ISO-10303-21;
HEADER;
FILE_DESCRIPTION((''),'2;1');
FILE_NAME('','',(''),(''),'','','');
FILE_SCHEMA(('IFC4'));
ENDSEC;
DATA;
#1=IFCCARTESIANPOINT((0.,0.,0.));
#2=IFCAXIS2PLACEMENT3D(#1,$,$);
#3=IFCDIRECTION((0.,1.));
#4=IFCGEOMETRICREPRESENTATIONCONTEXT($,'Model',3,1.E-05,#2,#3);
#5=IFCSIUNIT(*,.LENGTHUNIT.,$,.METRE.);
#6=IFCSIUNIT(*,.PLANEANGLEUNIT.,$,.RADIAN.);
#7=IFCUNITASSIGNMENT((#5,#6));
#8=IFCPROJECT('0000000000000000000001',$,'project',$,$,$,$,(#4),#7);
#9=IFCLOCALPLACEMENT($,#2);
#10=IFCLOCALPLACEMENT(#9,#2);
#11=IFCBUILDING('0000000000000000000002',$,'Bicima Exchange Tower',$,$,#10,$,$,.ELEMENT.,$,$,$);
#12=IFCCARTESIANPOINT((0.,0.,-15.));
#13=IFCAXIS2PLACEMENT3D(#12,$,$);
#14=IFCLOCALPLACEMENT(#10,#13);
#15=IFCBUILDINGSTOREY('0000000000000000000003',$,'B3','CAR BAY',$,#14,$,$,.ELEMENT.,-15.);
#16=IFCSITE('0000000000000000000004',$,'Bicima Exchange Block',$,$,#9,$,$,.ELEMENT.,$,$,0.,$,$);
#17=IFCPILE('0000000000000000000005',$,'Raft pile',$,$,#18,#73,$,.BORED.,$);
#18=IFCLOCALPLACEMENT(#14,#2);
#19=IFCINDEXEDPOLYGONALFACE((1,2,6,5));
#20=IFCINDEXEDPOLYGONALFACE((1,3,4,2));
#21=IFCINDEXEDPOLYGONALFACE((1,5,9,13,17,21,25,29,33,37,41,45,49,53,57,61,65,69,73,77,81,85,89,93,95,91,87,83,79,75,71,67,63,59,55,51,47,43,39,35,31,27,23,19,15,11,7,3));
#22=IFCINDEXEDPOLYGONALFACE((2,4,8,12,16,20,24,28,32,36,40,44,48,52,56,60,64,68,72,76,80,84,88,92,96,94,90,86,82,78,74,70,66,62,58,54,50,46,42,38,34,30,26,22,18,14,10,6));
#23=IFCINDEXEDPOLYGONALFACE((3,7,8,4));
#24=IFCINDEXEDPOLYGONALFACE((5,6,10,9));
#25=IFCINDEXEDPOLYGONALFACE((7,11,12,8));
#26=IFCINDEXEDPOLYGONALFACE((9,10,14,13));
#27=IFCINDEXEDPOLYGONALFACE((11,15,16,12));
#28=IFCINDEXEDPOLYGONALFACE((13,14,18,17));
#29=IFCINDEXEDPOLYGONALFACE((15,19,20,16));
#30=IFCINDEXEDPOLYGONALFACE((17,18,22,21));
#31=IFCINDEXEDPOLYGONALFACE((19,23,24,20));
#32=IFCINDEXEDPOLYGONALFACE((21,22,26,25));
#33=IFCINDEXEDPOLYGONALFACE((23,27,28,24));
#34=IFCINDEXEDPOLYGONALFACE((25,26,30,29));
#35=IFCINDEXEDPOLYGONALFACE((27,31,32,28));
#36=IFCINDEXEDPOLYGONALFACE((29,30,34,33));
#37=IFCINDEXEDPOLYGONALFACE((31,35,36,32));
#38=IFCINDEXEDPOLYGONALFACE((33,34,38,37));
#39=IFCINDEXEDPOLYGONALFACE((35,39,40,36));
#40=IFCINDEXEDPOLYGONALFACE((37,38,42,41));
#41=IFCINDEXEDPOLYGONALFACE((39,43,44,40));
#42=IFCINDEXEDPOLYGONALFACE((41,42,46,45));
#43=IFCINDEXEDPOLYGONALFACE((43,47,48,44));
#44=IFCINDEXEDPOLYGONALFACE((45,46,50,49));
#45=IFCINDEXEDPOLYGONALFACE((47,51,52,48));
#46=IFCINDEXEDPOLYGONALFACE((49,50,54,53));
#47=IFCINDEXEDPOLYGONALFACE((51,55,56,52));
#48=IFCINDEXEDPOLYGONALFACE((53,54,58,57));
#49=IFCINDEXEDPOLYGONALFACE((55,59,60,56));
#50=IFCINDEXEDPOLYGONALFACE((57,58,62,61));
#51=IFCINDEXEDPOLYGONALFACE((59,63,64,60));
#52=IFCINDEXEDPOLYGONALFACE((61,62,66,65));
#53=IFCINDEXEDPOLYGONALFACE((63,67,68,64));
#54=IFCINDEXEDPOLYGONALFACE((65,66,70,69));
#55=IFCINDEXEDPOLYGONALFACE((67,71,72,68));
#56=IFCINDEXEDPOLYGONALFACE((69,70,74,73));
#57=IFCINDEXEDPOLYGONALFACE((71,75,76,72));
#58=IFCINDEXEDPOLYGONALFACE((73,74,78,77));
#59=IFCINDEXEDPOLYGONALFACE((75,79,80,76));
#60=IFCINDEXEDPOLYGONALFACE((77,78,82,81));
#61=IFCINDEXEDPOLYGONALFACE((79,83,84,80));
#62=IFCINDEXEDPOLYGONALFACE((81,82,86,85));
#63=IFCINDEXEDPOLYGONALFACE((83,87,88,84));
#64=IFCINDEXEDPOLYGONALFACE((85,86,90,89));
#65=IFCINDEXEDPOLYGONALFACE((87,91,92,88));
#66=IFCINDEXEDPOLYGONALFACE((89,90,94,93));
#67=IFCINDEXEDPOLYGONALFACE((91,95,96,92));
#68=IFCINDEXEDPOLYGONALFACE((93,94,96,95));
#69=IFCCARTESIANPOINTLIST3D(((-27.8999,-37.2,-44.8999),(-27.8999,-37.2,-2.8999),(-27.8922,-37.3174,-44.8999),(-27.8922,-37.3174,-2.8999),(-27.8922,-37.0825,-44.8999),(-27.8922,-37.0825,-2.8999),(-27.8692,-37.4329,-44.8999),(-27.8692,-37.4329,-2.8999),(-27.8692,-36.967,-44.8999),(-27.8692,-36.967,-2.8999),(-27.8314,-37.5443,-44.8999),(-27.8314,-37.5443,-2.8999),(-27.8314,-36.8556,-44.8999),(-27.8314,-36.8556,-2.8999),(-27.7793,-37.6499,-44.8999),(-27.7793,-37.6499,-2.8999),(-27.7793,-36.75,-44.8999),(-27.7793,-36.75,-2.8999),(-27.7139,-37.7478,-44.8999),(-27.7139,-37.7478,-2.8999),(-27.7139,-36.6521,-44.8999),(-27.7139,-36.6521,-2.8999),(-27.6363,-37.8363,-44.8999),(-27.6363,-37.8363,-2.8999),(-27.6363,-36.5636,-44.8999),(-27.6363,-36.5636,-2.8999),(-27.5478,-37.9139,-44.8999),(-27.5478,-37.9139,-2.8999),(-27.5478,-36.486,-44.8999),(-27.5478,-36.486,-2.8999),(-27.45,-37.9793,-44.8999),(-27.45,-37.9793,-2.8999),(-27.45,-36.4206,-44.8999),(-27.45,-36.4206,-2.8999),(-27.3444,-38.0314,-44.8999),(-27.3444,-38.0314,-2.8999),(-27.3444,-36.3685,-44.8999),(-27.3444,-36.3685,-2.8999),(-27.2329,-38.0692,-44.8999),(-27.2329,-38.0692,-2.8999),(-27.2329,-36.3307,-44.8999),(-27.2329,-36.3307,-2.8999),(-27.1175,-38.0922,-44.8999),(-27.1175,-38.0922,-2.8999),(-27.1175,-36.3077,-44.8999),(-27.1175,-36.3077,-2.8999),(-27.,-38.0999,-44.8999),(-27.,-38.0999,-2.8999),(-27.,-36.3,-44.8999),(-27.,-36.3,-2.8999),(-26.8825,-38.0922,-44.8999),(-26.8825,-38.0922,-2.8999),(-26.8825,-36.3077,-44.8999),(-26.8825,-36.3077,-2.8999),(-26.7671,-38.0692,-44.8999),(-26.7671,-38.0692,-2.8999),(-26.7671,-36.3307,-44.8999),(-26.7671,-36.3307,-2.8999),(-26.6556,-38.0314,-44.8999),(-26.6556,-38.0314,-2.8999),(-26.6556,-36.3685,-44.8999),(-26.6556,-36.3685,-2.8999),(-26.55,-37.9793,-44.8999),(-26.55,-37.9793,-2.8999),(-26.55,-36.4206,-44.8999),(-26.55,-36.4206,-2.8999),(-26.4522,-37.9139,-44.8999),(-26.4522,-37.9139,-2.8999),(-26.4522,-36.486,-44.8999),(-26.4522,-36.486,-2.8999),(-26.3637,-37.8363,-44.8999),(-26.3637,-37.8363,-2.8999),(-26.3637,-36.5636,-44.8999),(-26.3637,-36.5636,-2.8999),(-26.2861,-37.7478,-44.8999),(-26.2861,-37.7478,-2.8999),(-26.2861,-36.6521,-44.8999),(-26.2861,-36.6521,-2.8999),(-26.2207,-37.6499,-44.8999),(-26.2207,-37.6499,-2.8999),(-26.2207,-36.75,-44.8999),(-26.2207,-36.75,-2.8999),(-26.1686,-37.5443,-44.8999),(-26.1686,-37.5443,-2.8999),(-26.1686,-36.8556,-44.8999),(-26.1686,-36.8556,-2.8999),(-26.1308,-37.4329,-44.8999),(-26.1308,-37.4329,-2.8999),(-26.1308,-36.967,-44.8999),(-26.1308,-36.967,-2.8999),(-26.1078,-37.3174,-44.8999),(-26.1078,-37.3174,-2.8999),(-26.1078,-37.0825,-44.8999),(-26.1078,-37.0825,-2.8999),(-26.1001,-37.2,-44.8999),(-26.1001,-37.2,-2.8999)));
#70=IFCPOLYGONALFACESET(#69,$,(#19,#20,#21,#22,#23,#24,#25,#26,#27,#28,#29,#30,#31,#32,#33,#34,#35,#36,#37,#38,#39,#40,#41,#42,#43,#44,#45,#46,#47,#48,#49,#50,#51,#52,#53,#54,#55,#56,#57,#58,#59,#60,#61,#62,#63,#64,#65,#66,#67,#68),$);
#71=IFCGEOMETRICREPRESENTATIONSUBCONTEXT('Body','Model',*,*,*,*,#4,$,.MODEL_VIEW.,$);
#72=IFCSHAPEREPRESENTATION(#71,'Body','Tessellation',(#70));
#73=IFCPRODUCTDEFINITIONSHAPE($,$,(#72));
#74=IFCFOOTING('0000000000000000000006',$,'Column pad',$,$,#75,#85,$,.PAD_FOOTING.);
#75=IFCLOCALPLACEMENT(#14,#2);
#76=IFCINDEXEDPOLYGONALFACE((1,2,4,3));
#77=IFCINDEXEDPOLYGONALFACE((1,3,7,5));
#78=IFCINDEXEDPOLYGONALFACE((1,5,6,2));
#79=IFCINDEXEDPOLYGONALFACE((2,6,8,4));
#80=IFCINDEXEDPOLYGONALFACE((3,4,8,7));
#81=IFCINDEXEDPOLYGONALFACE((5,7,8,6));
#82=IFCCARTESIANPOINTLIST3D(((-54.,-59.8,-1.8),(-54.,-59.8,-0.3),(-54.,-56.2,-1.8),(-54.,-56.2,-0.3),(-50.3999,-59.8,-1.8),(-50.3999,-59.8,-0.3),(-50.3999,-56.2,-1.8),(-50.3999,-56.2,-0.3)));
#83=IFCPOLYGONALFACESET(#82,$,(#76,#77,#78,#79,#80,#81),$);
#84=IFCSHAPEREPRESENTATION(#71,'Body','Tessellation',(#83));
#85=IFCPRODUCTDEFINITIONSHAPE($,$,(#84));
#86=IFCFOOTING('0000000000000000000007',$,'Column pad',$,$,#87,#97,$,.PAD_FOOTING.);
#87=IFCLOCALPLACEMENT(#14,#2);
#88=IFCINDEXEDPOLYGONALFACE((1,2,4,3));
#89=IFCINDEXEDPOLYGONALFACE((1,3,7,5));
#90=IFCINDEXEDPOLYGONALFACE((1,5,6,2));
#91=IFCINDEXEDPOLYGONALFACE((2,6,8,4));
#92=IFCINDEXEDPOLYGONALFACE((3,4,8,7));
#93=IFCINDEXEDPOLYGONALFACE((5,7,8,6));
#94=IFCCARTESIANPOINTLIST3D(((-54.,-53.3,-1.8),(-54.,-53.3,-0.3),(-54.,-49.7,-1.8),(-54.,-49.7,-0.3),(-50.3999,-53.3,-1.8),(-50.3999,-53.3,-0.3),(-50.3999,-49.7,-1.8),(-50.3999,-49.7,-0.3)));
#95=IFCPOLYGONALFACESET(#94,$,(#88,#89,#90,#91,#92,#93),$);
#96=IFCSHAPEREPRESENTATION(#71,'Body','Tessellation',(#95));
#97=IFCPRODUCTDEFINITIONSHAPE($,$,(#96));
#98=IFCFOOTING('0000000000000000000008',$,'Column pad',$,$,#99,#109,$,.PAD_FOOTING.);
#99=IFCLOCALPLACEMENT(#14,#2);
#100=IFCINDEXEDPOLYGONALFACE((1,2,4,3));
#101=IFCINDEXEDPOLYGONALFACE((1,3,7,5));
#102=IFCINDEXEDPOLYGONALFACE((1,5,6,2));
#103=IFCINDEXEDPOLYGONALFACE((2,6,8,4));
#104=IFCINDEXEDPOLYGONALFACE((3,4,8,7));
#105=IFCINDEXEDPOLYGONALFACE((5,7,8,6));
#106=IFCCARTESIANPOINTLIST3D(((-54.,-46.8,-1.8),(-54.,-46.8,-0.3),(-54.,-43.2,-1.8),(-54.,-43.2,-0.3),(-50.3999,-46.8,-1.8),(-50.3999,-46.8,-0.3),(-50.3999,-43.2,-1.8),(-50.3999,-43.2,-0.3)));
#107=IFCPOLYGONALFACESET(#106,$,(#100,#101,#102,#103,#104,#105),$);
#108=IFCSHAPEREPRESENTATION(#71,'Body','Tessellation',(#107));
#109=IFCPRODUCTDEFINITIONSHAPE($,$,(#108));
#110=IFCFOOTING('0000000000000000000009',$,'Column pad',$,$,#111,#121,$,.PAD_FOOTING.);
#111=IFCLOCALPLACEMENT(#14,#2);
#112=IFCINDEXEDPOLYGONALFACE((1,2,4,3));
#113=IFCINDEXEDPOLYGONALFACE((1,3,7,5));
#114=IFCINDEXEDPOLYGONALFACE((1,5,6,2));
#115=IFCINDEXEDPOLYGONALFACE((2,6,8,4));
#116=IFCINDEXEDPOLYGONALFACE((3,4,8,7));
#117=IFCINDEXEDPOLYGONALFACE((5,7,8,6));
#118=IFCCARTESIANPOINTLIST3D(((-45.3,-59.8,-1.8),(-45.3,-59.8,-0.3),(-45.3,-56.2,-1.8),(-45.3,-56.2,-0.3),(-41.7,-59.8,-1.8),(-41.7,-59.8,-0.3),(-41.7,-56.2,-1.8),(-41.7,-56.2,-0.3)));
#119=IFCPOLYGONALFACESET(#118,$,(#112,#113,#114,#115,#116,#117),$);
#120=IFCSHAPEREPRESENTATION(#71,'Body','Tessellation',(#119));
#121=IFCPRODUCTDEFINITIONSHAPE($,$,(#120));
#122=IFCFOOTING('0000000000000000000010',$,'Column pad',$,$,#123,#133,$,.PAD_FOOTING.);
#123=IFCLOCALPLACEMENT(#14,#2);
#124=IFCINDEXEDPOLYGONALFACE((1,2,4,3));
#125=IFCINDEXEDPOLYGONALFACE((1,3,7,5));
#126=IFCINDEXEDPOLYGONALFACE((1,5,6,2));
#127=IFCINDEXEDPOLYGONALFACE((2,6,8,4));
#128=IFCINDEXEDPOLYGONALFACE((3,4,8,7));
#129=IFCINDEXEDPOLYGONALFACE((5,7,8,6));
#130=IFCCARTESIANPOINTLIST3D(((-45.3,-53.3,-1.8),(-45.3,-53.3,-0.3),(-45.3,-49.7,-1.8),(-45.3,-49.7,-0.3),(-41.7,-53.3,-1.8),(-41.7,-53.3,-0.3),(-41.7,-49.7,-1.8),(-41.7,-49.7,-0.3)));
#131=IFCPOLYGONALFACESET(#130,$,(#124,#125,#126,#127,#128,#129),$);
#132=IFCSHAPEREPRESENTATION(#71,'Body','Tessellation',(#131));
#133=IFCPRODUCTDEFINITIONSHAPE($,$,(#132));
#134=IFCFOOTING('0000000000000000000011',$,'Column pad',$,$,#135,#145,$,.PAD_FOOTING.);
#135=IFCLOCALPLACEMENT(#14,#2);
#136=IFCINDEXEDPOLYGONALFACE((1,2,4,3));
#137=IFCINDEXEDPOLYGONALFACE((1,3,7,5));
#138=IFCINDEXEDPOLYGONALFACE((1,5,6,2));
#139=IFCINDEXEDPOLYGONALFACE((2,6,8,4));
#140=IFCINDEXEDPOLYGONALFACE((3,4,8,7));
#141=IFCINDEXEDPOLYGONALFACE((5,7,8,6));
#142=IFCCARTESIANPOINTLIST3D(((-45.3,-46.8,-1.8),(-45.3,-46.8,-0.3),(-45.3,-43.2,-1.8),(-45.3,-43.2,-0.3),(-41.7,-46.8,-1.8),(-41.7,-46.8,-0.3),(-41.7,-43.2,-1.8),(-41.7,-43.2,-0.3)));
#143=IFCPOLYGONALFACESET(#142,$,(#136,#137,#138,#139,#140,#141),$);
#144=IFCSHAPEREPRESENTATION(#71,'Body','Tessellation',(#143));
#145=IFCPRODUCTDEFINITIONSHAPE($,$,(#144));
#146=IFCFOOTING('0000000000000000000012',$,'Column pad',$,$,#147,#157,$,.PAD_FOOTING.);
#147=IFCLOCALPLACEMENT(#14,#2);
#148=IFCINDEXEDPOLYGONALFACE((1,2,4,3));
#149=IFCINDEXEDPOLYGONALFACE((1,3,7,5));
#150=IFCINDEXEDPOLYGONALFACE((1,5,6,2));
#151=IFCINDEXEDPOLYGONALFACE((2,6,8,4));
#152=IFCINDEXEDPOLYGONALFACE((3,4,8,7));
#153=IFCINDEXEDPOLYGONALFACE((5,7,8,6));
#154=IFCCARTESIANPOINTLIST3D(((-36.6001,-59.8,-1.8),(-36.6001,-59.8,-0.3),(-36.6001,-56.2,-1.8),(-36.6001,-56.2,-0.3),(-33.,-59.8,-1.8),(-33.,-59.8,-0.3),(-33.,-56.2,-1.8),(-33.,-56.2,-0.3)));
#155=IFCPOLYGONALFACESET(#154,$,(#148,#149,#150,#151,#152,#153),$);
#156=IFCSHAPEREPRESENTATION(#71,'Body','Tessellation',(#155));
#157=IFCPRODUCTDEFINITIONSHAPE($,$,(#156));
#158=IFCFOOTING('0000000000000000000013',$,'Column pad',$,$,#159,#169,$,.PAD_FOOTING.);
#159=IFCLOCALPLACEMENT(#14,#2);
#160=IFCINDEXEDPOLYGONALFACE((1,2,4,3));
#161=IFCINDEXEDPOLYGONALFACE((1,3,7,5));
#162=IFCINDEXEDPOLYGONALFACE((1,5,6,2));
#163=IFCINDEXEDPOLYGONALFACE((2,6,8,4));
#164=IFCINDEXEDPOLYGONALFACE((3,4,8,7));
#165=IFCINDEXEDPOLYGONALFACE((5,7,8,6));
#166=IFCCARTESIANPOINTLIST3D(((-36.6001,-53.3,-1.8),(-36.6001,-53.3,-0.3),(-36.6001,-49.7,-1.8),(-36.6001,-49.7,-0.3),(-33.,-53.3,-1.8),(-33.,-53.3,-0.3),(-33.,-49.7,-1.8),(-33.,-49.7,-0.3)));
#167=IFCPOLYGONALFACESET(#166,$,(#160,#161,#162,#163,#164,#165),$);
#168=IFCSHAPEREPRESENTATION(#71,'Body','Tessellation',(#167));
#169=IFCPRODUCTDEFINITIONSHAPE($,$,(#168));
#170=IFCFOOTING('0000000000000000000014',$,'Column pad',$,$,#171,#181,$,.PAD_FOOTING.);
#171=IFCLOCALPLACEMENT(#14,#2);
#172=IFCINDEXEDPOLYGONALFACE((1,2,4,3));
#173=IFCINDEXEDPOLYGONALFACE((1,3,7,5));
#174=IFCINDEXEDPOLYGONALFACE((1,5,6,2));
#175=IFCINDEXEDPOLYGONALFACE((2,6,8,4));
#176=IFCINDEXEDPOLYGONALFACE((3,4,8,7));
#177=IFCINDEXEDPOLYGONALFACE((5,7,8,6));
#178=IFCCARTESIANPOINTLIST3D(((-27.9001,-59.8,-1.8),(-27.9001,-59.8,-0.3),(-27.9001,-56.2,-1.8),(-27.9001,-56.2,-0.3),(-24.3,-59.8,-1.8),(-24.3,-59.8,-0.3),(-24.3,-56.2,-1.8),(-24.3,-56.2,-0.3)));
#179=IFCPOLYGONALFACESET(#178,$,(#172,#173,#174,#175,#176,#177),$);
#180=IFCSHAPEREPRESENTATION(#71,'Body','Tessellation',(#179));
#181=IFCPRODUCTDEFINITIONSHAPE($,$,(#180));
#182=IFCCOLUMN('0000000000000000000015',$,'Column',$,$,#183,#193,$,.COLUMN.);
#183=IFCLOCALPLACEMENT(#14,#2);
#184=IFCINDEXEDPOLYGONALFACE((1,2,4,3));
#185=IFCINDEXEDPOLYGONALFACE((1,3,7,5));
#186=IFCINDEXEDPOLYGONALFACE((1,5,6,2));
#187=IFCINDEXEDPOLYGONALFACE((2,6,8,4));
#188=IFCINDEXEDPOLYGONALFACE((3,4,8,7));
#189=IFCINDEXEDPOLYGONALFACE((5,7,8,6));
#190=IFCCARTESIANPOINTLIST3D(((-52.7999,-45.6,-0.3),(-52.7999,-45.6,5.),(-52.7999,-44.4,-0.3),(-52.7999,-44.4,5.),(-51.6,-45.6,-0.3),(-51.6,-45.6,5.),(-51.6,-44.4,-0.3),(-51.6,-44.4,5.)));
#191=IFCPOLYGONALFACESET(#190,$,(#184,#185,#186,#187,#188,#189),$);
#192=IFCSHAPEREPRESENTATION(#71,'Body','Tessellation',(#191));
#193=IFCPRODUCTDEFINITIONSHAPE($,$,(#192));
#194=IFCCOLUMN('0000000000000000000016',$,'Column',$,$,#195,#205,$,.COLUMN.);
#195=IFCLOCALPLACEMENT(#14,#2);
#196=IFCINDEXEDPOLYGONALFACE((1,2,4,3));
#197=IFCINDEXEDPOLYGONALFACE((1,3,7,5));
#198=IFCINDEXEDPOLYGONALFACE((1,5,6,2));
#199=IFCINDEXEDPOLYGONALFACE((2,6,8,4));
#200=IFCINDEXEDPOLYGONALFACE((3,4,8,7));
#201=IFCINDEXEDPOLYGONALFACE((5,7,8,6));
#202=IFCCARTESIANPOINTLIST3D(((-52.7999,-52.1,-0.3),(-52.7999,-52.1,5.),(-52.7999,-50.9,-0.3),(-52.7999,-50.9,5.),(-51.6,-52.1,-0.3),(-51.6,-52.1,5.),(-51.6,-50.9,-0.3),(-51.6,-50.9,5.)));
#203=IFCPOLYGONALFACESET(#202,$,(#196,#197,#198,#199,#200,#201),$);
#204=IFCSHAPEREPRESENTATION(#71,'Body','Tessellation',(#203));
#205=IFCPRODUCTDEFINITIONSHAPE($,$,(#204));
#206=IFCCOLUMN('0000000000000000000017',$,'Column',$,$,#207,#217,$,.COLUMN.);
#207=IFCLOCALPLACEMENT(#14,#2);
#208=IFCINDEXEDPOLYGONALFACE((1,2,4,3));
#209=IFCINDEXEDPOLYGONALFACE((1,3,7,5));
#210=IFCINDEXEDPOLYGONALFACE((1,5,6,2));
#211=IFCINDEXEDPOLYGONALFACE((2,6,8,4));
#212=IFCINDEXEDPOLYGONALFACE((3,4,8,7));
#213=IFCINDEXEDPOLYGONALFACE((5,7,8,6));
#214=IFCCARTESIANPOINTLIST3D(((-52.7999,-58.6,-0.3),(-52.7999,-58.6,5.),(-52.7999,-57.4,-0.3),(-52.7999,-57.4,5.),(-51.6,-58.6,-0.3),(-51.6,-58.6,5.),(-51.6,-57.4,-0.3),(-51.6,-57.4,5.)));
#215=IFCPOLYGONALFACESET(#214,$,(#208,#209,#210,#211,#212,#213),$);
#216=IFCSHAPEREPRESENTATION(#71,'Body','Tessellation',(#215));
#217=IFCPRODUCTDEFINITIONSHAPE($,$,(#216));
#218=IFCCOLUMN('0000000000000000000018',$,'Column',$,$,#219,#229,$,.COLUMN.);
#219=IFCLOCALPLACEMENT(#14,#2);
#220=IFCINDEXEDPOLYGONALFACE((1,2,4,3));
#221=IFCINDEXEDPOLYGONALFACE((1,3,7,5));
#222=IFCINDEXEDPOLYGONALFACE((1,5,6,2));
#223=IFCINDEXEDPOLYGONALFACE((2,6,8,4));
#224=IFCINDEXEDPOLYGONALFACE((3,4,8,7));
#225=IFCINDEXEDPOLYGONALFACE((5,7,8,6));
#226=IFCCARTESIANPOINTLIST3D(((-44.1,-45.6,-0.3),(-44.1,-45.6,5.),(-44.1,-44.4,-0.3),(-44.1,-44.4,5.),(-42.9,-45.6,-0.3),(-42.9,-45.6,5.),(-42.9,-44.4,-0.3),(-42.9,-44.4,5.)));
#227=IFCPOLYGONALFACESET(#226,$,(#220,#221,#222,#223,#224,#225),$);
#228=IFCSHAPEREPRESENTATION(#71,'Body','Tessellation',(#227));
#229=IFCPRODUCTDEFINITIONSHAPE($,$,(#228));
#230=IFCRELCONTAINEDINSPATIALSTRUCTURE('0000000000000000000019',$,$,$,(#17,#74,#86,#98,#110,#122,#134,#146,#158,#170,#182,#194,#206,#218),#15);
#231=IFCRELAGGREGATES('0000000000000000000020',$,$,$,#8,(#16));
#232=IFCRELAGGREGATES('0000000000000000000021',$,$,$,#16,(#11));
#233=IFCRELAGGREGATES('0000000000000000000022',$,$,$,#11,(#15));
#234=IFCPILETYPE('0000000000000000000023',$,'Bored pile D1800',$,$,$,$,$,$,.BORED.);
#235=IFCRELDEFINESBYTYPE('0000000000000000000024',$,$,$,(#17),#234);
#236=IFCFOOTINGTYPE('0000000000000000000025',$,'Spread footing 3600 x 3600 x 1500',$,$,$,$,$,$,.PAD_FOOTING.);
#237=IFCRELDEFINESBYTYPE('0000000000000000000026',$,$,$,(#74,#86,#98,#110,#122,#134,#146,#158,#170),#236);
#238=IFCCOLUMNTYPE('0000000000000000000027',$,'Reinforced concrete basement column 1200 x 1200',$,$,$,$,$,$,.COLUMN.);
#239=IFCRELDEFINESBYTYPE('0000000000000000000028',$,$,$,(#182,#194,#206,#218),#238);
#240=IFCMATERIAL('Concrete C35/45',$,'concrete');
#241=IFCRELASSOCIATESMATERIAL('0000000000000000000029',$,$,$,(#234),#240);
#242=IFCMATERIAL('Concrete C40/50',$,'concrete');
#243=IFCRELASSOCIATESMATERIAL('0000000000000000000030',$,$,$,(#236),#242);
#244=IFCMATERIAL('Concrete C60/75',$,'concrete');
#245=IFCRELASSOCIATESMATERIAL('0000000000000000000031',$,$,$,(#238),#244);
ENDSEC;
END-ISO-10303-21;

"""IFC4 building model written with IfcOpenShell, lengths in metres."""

from ifc_helpers import new_model, si_unit, direction, frame, origin, origin_2d, place, context, subcontext, project, spatial, rectangle, circle, extrude, material, material_profile, profile_set, type_object, element, save


model = new_model("IFC4")

# Units and contexts
model_context = context("Model", 3, precision=1e-05, world=origin(), true_north=direction((0.0, 1.0)))
body_context = subcontext(model_context, "Body", "Model", "MODEL_VIEW")
ifc_project = project(units=[si_unit("LENGTHUNIT", "METRE"), si_unit("PLANEANGLEUNIT", "RADIAN")], contexts=[model_context])

# Site, building, storey
site_placement = place(None, origin())
site = spatial("IfcSite", under=ifc_project, at=site_placement, Name="Bicima Exchange Block", CompositionType="ELEMENT", RefElevation=0.0)
building_placement = place(site_placement, origin())
building = spatial("IfcBuilding", under=site, at=building_placement, Name="Bicima Exchange Tower", CompositionType="ELEMENT")
storey_placement = place(building_placement, frame((0.0, 0.0, -15.0)))
storey = spatial("IfcBuildingStorey", under=building, at=storey_placement, Name="B3", Description="CAR BAY", CompositionType="ELEMENT", Elevation=-15.0)

# Pile
ifc_material_1 = material(Name="Concrete C35/45", Category="concrete")
ifc_material_profile_1 = material_profile(ifc_material_1, circle(Radius=0.8999, at=origin_2d()))
ifc_profile_set_1 = profile_set([ifc_material_profile_1], Name="Concrete C35/45")
pile_type = type_object("IfcPileType", Name="Bored pile D1800", PredefinedType="BORED", material=ifc_profile_set_1)
for number, where, z_axis, x_axis, name in (
    (1, (-27.0, -37.2, -2.8999), (0.0, 0.0, -1.0), (1.0, 0.0, 0.0), "Raft pile"),
):
    element("IfcPile", number, at=place(storey_placement, frame(where, z_axis=z_axis, x_axis=x_axis)), inside=storey, type_object=pile_type, Name=name, PredefinedType="BORED", context=body_context, shape_type="SweptSolid", body=[
        extrude(circle(Radius=0.8999, at=origin_2d()), origin(), (0.0, 0.0, 1.0), 42.0),
    ])

# Footings
ifc_material_2 = material(Name="Concrete C40/50", Category="concrete")
footing_type = type_object("IfcFootingType", Name="Spread footing 3600 x 3600 x 1500", PredefinedType="PAD_FOOTING", material=ifc_material_2)
for number, where, z_axis, x_axis, name in (
    (2, (-52.2, -58.0, -1.8), (0.0, 0.0, 1.0), (1.0, 0.0, 0.0), "Column pad"),
    (3, (-52.2, -51.5, -1.8), (0.0, 0.0, 1.0), (1.0, 0.0, 0.0), "Column pad"),
    (4, (-52.2, -45.0, -1.8), (0.0, 0.0, 1.0), (1.0, 0.0, 0.0), "Column pad"),
    (5, (-43.5, -58.0, -1.8), (0.0, 0.0, 1.0), (1.0, 0.0, 0.0), "Column pad"),
    (6, (-43.5, -51.5, -1.8), (0.0, 0.0, 1.0), (1.0, 0.0, 0.0), "Column pad"),
    (7, (-43.5, -45.0, -1.8), (0.0, 0.0, 1.0), (1.0, 0.0, 0.0), "Column pad"),
    (8, (-34.8, -58.0, -1.8), (0.0, 0.0, 1.0), (1.0, 0.0, 0.0), "Column pad"),
    (9, (-34.8, -51.5, -1.8), (0.0, 0.0, 1.0), (1.0, 0.0, 0.0), "Column pad"),
    (10, (-26.1001, -58.0, -1.8), (0.0, 0.0, 1.0), (1.0, 0.0, 0.0), "Column pad"),
):
    element("IfcFooting", number, at=place(storey_placement, frame(where, z_axis=z_axis, x_axis=x_axis)), inside=storey, type_object=footing_type, Name=name, PredefinedType="PAD_FOOTING", context=body_context, shape_type="SweptSolid", body=[
        extrude(rectangle(XDim=3.6001, YDim=3.6001, at=origin_2d()), origin(), (0.0, 0.0, 1.0), 1.5),
    ])

# Columns
ifc_material_3 = material(Name="Concrete C60/75", Category="concrete")
ifc_material_profile_2 = material_profile(ifc_material_3, rectangle(XDim=1.2, YDim=1.2, at=origin_2d()))
ifc_profile_set_2 = profile_set([ifc_material_profile_2], Name="Concrete C60/75")
column_type_1 = type_object("IfcColumnType", Name="Reinforced concrete basement column 1200 x 1200", PredefinedType="COLUMN", material=ifc_profile_set_2)
for number, where, z_axis, x_axis, name in (
    (11, (-52.2, -45.0, -0.3), (0.0, 0.0, 1.0), (1.0, 0.0, 0.0), "Column"),
    (12, (-52.2, -51.5, -0.3), (0.0, 0.0, 1.0), (1.0, 0.0, 0.0), "Column"),
    (13, (-52.2, -58.0, -0.3), (0.0, 0.0, 1.0), (1.0, 0.0, 0.0), "Column"),
    (14, (-43.5, -45.0, -0.3), (0.0, 0.0, 1.0), (1.0, 0.0, 0.0), "Column"),
):
    element("IfcColumn", number, at=place(storey_placement, frame(where, z_axis=z_axis, x_axis=x_axis)), inside=storey, type_object=column_type_1, Name=name, PredefinedType="COLUMN", context=body_context, shape_type="SweptSolid", body=[
        extrude(rectangle(XDim=1.2, YDim=1.2, at=origin_2d()), origin(), (0.0, 0.0, 1.0), 5.3),
    ])

save(model, "model.ifc")
